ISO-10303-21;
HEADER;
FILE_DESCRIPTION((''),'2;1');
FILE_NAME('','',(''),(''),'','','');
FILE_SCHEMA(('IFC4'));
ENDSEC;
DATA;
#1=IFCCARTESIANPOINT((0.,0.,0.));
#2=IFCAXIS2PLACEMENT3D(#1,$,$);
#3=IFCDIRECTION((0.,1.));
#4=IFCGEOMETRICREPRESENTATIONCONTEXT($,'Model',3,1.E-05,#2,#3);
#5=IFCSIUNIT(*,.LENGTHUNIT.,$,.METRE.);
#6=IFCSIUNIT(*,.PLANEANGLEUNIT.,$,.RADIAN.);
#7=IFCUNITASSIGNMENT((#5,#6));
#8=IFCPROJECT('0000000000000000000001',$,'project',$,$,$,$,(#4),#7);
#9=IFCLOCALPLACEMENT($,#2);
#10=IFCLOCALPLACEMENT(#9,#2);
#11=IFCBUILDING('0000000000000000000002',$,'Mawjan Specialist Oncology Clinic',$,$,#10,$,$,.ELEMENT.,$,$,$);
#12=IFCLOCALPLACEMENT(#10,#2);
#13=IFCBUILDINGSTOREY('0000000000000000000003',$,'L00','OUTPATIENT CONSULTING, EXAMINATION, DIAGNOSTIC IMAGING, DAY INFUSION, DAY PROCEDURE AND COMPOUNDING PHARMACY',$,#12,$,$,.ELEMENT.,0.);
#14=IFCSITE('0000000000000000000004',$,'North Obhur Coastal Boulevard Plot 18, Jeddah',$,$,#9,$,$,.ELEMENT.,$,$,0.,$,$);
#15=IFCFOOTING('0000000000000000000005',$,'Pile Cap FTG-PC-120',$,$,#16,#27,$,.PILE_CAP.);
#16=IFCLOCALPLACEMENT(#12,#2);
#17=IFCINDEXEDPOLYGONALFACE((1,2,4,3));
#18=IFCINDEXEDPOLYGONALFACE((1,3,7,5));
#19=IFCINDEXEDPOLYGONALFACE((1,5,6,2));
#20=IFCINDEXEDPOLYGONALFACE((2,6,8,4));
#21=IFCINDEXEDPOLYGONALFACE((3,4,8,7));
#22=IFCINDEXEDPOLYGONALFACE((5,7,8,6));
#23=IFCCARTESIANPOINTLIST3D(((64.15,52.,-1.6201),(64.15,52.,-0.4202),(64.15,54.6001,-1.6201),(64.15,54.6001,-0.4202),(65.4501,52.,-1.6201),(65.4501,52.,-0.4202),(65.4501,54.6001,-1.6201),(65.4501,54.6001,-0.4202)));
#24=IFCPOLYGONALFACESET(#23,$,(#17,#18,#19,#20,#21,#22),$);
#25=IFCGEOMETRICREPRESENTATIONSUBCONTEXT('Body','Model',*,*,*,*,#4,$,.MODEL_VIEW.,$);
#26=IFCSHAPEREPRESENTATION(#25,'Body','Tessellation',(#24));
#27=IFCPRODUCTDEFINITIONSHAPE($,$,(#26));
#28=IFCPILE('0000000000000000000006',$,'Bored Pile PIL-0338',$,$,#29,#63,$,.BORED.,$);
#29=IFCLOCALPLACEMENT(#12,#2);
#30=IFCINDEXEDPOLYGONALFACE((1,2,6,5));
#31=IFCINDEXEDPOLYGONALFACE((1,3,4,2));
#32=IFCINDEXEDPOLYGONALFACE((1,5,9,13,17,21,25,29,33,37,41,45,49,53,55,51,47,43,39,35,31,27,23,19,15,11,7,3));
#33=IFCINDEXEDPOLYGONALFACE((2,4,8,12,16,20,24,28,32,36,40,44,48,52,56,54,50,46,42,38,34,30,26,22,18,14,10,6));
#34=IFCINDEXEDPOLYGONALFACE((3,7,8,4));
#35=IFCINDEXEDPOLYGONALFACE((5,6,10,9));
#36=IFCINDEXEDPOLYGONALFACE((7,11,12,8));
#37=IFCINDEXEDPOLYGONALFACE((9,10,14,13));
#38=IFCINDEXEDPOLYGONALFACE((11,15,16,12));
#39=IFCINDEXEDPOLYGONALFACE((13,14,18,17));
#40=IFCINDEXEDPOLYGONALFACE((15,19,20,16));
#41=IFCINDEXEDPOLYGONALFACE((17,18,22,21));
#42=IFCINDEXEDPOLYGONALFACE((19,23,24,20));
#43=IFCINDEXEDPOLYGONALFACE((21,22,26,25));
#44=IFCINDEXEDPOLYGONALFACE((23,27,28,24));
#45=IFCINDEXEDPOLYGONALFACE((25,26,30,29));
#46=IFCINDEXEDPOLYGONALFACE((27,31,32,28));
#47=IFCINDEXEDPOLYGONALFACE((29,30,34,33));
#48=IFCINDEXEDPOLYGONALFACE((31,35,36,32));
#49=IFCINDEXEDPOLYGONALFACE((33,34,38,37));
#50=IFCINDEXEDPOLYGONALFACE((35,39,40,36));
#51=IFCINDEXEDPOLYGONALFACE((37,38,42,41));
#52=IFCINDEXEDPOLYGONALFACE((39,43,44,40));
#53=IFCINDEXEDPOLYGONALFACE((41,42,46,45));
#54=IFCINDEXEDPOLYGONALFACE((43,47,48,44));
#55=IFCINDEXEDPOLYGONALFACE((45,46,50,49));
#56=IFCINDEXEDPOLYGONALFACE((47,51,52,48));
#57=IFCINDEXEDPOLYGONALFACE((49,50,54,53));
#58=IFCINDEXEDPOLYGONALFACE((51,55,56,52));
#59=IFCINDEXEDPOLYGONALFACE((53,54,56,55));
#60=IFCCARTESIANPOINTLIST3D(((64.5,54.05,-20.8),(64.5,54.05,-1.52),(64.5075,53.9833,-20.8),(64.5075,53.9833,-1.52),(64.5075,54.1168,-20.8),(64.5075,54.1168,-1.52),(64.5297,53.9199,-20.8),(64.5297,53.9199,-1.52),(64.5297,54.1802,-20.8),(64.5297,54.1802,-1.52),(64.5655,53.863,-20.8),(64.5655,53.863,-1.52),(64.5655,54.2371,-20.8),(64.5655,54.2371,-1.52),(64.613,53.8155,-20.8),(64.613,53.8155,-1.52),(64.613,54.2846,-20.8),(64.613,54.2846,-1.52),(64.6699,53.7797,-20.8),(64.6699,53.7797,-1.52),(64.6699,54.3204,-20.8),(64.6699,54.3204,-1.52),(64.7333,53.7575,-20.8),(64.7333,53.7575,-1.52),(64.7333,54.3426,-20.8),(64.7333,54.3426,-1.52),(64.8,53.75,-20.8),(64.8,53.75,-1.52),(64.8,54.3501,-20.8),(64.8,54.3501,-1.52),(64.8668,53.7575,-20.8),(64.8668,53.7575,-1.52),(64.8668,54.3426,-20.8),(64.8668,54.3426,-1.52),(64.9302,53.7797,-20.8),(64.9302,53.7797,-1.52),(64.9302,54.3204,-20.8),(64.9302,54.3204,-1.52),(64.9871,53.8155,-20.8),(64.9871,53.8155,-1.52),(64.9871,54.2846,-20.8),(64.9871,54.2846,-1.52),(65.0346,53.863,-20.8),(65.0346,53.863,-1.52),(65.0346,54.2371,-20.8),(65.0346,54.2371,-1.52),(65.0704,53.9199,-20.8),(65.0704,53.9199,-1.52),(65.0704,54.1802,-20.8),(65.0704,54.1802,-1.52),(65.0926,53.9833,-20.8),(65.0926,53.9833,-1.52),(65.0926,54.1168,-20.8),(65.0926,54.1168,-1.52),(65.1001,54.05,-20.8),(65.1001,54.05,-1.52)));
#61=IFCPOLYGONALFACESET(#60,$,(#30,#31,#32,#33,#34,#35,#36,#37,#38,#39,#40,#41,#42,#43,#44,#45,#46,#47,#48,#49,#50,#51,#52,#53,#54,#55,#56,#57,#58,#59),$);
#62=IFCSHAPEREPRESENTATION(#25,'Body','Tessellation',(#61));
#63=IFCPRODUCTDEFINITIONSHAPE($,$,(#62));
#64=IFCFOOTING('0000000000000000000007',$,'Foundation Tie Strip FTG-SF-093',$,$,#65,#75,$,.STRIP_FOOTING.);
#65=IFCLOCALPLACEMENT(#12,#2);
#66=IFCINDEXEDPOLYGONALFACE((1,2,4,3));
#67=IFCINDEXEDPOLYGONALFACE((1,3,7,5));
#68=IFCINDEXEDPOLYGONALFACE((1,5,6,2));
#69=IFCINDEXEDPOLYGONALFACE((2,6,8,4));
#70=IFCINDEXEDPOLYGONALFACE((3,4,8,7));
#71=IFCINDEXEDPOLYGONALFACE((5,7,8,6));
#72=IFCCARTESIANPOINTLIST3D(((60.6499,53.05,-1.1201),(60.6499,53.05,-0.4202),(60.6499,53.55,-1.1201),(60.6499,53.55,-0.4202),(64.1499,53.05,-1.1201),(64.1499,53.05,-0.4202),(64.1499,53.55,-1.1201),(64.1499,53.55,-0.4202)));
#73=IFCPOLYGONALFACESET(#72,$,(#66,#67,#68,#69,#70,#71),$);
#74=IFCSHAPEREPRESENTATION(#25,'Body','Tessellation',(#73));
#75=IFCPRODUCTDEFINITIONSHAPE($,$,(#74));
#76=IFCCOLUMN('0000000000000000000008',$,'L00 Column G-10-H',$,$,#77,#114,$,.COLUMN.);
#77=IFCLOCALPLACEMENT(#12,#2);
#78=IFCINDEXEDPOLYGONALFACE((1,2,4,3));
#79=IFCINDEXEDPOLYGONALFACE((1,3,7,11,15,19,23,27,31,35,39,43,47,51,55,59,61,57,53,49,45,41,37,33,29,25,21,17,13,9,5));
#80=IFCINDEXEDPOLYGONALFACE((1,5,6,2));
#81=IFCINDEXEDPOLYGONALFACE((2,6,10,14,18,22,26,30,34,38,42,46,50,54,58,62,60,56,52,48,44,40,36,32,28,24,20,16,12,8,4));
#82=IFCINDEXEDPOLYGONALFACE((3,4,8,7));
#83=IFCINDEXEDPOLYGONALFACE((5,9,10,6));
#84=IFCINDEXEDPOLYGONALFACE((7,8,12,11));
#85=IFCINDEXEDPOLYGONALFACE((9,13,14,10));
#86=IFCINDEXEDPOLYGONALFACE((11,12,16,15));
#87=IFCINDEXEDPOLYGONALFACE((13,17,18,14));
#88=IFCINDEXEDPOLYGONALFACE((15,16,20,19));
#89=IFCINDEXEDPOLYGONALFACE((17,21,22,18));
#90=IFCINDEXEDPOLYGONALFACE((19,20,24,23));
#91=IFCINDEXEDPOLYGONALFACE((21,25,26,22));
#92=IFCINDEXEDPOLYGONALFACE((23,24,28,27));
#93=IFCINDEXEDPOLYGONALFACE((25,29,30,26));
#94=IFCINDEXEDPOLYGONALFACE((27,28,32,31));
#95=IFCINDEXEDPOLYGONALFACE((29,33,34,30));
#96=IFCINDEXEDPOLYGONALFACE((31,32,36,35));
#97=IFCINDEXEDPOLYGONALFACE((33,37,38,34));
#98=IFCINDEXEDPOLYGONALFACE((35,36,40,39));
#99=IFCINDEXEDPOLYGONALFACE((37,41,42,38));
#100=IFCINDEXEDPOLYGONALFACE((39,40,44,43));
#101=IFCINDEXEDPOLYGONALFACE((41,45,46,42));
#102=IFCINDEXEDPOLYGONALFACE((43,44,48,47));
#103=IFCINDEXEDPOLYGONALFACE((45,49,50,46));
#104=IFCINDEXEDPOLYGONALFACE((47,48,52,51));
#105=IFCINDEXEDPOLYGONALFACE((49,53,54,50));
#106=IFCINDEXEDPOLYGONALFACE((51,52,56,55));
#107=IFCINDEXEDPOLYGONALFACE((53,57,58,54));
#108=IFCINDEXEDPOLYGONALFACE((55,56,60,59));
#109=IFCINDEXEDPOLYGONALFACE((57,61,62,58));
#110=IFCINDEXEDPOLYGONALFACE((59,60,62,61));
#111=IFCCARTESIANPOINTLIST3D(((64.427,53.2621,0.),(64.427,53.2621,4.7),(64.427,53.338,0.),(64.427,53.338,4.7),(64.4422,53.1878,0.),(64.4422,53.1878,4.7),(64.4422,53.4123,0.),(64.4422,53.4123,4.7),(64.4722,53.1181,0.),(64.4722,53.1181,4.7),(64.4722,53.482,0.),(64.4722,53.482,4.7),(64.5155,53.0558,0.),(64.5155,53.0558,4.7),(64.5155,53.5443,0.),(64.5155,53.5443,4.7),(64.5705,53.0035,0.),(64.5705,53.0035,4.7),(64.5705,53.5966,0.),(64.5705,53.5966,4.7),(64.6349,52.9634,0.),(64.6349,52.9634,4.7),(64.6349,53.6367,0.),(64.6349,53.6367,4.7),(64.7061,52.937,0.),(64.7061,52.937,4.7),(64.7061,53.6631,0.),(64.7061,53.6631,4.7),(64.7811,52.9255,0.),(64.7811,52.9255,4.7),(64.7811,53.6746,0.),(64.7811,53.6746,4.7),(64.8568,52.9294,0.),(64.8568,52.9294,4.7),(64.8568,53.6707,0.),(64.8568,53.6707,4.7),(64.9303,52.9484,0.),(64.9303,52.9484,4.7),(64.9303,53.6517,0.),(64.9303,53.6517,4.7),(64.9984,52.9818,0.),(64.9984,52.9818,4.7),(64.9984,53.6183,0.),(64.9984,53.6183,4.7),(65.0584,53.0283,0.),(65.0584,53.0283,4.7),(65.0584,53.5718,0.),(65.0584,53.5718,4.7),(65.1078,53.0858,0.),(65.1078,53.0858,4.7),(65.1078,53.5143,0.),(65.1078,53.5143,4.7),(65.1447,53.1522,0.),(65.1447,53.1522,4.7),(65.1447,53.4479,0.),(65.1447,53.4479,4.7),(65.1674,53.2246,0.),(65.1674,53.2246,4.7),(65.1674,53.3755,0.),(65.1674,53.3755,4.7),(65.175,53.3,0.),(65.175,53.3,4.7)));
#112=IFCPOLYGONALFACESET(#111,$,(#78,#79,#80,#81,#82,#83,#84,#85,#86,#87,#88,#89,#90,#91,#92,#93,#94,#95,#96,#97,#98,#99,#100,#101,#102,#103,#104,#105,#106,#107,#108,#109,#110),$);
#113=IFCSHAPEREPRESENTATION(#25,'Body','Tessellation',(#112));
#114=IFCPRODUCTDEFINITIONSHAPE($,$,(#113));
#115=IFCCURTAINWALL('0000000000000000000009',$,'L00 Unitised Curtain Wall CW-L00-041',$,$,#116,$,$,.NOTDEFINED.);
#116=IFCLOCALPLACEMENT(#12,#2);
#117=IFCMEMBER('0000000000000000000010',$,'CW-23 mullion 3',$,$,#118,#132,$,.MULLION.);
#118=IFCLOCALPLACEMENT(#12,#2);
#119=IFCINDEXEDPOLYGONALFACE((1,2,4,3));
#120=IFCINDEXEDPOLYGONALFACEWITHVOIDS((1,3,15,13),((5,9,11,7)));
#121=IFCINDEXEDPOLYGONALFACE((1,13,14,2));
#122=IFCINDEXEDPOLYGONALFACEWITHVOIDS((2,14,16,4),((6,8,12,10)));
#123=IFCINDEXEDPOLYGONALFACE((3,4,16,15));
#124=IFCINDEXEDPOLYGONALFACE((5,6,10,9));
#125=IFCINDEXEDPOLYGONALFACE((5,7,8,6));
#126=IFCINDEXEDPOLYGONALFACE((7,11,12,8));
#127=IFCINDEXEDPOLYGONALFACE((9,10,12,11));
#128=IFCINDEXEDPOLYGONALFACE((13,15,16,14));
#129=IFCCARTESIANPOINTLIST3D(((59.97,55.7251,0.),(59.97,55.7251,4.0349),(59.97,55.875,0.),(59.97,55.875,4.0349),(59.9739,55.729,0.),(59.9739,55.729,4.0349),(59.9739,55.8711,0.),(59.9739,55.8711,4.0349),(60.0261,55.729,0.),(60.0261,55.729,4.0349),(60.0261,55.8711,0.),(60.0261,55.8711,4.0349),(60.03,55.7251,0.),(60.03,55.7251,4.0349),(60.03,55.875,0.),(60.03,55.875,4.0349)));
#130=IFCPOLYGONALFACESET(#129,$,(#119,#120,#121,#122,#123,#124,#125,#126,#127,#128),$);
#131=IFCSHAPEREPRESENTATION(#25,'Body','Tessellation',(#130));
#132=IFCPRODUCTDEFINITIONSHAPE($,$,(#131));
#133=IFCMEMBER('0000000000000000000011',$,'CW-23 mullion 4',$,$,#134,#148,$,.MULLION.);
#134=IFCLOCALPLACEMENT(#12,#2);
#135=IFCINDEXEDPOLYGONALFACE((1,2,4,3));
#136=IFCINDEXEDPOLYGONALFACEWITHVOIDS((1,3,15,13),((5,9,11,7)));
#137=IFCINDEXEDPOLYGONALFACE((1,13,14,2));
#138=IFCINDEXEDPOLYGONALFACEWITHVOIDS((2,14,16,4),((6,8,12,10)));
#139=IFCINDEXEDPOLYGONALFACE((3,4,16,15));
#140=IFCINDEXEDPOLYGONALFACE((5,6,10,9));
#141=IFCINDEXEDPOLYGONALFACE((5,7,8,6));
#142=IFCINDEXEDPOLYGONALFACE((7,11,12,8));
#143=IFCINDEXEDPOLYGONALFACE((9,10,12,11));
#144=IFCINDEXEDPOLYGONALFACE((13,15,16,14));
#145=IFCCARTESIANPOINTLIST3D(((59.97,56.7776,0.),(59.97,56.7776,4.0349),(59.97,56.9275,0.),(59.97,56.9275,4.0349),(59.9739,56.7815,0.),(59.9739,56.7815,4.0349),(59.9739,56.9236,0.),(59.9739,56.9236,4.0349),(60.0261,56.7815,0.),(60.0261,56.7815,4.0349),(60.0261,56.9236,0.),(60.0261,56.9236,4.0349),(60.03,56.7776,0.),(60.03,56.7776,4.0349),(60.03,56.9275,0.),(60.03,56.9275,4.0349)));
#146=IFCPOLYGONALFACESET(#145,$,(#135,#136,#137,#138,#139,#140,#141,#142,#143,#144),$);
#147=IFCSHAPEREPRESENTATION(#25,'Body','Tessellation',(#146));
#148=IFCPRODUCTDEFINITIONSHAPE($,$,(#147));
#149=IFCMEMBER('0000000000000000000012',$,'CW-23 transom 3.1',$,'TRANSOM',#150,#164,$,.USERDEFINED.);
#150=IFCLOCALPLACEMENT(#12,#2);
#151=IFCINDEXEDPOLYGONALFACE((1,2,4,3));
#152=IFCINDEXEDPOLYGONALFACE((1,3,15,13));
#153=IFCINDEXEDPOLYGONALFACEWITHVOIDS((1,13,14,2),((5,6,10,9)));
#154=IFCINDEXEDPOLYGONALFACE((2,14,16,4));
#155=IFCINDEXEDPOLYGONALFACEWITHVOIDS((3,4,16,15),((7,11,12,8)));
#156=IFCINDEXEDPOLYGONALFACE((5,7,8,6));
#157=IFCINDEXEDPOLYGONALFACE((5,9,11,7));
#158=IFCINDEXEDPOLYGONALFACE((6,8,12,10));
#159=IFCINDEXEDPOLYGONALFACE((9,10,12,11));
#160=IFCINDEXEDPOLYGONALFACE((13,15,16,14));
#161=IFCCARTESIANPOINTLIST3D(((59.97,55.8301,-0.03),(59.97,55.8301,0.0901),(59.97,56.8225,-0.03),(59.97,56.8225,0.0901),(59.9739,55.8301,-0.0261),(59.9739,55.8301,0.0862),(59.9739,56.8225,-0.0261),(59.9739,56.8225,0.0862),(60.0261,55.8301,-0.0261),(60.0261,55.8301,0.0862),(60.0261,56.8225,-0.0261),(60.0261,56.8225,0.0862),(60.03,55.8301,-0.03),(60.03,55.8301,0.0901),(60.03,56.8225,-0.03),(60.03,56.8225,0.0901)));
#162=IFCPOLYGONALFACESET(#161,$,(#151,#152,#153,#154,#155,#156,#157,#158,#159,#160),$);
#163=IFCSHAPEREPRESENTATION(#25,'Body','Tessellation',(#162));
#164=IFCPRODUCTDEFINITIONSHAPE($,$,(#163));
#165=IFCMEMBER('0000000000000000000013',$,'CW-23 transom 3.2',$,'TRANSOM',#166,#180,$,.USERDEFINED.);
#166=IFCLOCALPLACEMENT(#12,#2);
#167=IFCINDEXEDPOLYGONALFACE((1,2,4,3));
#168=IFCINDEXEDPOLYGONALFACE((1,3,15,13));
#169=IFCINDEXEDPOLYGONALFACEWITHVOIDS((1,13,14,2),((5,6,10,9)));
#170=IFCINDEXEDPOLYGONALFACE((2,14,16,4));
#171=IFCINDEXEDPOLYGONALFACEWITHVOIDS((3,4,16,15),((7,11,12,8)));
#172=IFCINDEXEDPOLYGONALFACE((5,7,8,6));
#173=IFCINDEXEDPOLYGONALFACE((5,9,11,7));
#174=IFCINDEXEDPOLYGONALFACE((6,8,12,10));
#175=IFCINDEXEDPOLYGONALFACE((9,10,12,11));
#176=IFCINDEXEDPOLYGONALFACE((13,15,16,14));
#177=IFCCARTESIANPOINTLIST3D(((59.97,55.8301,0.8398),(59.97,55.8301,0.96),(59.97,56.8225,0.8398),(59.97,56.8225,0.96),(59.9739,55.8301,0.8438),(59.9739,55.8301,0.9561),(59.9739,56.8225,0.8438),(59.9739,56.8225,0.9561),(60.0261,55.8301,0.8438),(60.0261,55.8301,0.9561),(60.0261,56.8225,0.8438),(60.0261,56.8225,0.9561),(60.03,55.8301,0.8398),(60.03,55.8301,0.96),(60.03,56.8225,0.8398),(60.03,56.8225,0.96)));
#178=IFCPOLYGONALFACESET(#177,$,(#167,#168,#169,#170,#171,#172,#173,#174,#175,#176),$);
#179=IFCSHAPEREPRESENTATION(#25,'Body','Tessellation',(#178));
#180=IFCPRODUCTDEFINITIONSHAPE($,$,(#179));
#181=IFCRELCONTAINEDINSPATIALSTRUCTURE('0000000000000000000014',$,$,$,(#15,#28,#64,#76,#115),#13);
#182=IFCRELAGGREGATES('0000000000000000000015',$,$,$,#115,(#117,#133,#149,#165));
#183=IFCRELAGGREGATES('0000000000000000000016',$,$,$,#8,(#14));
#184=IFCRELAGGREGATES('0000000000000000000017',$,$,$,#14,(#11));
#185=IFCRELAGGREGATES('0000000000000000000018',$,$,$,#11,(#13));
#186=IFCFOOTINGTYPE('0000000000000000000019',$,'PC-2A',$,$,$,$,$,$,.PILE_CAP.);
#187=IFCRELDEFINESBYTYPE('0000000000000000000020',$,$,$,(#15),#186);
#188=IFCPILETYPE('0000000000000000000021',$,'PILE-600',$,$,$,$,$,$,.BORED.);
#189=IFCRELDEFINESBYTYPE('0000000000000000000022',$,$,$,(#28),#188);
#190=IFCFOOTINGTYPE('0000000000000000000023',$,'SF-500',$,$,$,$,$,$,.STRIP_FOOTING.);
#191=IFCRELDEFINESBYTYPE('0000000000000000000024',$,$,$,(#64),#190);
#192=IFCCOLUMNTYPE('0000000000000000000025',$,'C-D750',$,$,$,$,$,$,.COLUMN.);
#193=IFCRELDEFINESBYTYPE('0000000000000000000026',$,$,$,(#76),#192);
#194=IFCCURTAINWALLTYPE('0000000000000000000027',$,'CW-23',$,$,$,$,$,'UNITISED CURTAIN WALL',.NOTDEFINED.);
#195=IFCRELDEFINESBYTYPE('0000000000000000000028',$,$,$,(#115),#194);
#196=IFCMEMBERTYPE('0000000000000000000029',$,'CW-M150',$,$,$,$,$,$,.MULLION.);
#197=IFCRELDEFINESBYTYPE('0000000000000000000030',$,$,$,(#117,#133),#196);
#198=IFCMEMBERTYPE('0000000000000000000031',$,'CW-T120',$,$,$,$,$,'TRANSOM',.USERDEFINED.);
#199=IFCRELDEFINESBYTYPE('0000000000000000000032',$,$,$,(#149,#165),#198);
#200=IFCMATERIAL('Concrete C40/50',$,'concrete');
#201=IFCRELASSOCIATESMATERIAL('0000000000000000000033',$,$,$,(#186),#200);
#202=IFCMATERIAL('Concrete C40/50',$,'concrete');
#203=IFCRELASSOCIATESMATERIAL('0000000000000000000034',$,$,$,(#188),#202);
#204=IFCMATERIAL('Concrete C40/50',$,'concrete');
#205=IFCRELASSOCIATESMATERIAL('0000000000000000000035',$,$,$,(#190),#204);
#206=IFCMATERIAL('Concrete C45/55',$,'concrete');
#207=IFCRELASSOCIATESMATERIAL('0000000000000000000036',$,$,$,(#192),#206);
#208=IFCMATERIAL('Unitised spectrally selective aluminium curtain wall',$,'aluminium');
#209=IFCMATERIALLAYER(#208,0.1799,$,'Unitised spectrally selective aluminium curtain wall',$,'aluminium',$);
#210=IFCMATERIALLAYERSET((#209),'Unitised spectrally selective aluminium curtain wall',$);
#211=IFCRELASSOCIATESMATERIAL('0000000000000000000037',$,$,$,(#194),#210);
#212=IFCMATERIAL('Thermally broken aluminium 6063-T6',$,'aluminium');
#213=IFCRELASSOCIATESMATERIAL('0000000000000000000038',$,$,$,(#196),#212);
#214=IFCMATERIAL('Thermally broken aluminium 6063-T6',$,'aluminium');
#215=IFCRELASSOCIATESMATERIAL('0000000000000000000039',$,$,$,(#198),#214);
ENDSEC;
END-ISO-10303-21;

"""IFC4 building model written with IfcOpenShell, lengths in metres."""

from ifc_helpers import new_model, si_unit, direction, frame, origin, origin_2d, place, context, subcontext, project, spatial, rectangle, hollow_rectangle, circle, extrude, material, layer, layer_set, material_profile, profile_set, type_object, element, aggregate, save


model = new_model("IFC4")

# Units and contexts
model_context = context("Model", 3, precision=1e-05, world=origin(), true_north=direction((0.0, 1.0)))
body_context = subcontext(model_context, "Body", "Model", "MODEL_VIEW")
ifc_project = project(units=[si_unit("LENGTHUNIT", "METRE"), si_unit("PLANEANGLEUNIT", "RADIAN")], contexts=[model_context])

# Site, building, storey
site_placement = place(None, origin())
site = spatial("IfcSite", under=ifc_project, at=site_placement, Name="North Obhur Coastal Boulevard Plot 18, Jeddah", CompositionType="ELEMENT", RefElevation=0.0)
building_placement = place(site_placement, origin())
building = spatial("IfcBuilding", under=site, at=building_placement, Name="Mawjan Specialist Oncology Clinic", CompositionType="ELEMENT")
storey_placement = place(building_placement, origin())
storey = spatial("IfcBuildingStorey", under=building, at=storey_placement, Name="L00", Description="OUTPATIENT CONSULTING, EXAMINATION, DIAGNOSTIC IMAGING, DAY INFUSION, DAY PROCEDURE AND COMPOUNDING PHARMACY", CompositionType="ELEMENT", Elevation=0.0)

# Footing
ifc_material_1 = material(Name="Concrete C40/50", Category="concrete")
footing_type_1 = type_object("IfcFootingType", Name="PC-2A", PredefinedType="PILE_CAP", material=ifc_material_1)
footing_1_placement = place(storey_placement, frame((64.8, 53.3, -1.6201), z_axis=(0.0, 0.0, 1.0), x_axis=(0.0, 1.0, 0.0)))
element("IfcFooting", 1, at=footing_1_placement, inside=storey, type_object=footing_type_1, Name="Pile Cap FTG-PC-120", PredefinedType="PILE_CAP", context=body_context, shape_type="SweptSolid", body=[
    extrude(rectangle(XDim=2.6001, YDim=1.3, at=origin_2d()), origin(), (0.0, 0.0, 1.0), 1.2),
])

# Pile
ifc_material_2 = material(Name="Concrete C40/50", Category="concrete")
ifc_material_profile_1 = material_profile(ifc_material_2, circle(Radius=0.3, at=origin_2d()), Name="BORED PILE D600", Category="concrete")
ifc_profile_set_1 = profile_set([ifc_material_profile_1], Name="Concrete C40/50")
pile_type = type_object("IfcPileType", Name="PILE-600", PredefinedType="BORED", material=ifc_profile_set_1)
pile_placement = place(storey_placement, frame((64.8, 54.05, -1.52), z_axis=(0.0, 0.0, -1.0), x_axis=(1.0, 0.0, 0.0)))
element("IfcPile", 2, at=pile_placement, inside=storey, type_object=pile_type, Name="Bored Pile PIL-0338", PredefinedType="BORED", context=body_context, shape_type="SweptSolid", body=[
    extrude(circle(Radius=0.3, at=origin_2d()), origin(), (0.0, 0.0, 1.0), 19.28),
])

# Footing
ifc_material_3 = material(Name="Concrete C40/50", Category="concrete")
footing_type_2 = type_object("IfcFootingType", Name="SF-500", PredefinedType="STRIP_FOOTING", material=ifc_material_3)
footing_2_placement = place(storey_placement, frame((62.3999, 53.3, -1.1201), z_axis=(0.0, 0.0, 1.0), x_axis=(1.0, 0.0, 0.0)))
element("IfcFooting", 3, at=footing_2_placement, inside=storey, type_object=footing_type_2, Name="Foundation Tie Strip FTG-SF-093", PredefinedType="STRIP_FOOTING", context=body_context, shape_type="SweptSolid", body=[
    extrude(rectangle(XDim=3.5, YDim=0.5, at=origin_2d()), origin(), (0.0, 0.0, 1.0), 0.7),
])

# Column
ifc_material_4 = material(Name="Concrete C45/55", Category="concrete")
ifc_material_profile_2 = material_profile(ifc_material_4, circle(Radius=0.375, at=origin_2d()), Name="RC COL D750", Category="concrete")
ifc_profile_set_2 = profile_set([ifc_material_profile_2], Name="Concrete C45/55")
column_type = type_object("IfcColumnType", Name="C-D750", PredefinedType="COLUMN", material=ifc_profile_set_2)
column_placement = place(storey_placement, frame((64.8, 53.3, 0.0), z_axis=(0.0, 0.0, 1.0), x_axis=(1.0, 0.0, 0.0)))
element("IfcColumn", 4, at=column_placement, inside=storey, type_object=column_type, Name="L00 Column G-10-H", PredefinedType="COLUMN", context=body_context, shape_type="SweptSolid", body=[
    extrude(circle(Radius=0.375, at=origin_2d()), origin(), (0.0, 0.0, 1.0), 4.7),
])

# Curtain wall, members
ifc_material_5 = material(Name="Unitised spectrally selective aluminium curtain wall", Category="aluminium")
ifc_layer_1 = layer(ifc_material_5, 0.1799, Name="Unitised spectrally selective aluminium curtain wall", Category="aluminium")
ifc_layer_set_1 = layer_set([ifc_layer_1], Name="Unitised spectrally selective aluminium curtain wall")
curtain_wall_type = type_object("IfcCurtainWallType", Name="CW-23", ElementType="UNITISED CURTAIN WALL", PredefinedType="NOTDEFINED", material=ifc_layer_set_1)
curtain_wall_placement = place(storey_placement, origin())
curtain_wall = element("IfcCurtainWall", 5, at=curtain_wall_placement, inside=storey, type_object=curtain_wall_type, Name="L00 Unitised Curtain Wall CW-L00-041", PredefinedType="NOTDEFINED")
ifc_material_6 = material(Name="Thermally broken aluminium 6063-T6", Category="aluminium")
ifc_material_profile_3 = material_profile(ifc_material_6, hollow_rectangle(XDim=0.0601, YDim=0.1499, WallThickness=0.0039, at=origin_2d()), Name="ALU MULLION 150x60x4", Category="aluminium")
ifc_profile_set_3 = profile_set([ifc_material_profile_3], Name="Thermally broken aluminium 6063-T6")
member_type_1 = type_object("IfcMemberType", Name="CW-M150", PredefinedType="MULLION", material=ifc_profile_set_3)
member_1_placement = place(storey_placement, frame((60.0, 55.8, 0.0), z_axis=(0.0, 0.0, 1.0), x_axis=(-1.0, 0.0, 0.0)))
member_1 = element("IfcMember", 6, at=member_1_placement, type_object=member_type_1, Name="CW-23 mullion 3", PredefinedType="MULLION", context=body_context, shape_type="SweptSolid", body=[
    extrude(hollow_rectangle(XDim=0.0601, YDim=0.1499, WallThickness=0.0039, at=origin_2d()), origin(), (0.0, 0.0, 1.0), 4.0349),
])
member_2_placement = place(storey_placement, frame((60.0, 56.8525, 0.0), z_axis=(0.0, 0.0, 1.0), x_axis=(-1.0, 0.0, 0.0)))
member_2 = element("IfcMember", 7, at=member_2_placement, type_object=member_type_1, Name="CW-23 mullion 4", PredefinedType="MULLION", context=body_context, shape_type="SweptSolid", body=[
    extrude(hollow_rectangle(XDim=0.0601, YDim=0.1499, WallThickness=0.0039, at=origin_2d()), origin(), (0.0, 0.0, 1.0), 4.0349),
])
ifc_material_7 = material(Name="Thermally broken aluminium 6063-T6", Category="aluminium")
ifc_material_profile_4 = material_profile(ifc_material_7, hollow_rectangle(XDim=0.0601, YDim=0.1201, WallThickness=0.0039, at=origin_2d()), Name="ALU TRANSOM 120x60x4", Category="aluminium")
ifc_profile_set_4 = profile_set([ifc_material_profile_4], Name="Thermally broken aluminium 6063-T6")
member_type_2 = type_object("IfcMemberType", Name="CW-T120", ElementType="TRANSOM", PredefinedType="USERDEFINED", material=ifc_profile_set_4)
member_3_placement = place(storey_placement, frame((60.0, 55.8301, 0.03), z_axis=(0.0, 1.0, 0.0), x_axis=(-1.0, 0.0, 0.0)))
member_3 = element("IfcMember", 8, at=member_3_placement, type_object=member_type_2, Name="CW-23 transom 3.1", ObjectType="TRANSOM", PredefinedType="USERDEFINED", context=body_context, shape_type="SweptSolid", body=[
    extrude(hollow_rectangle(XDim=0.0601, YDim=0.1201, WallThickness=0.0039, at=origin_2d()), origin(), (0.0, 0.0, 1.0), 0.9924),
])
member_4_placement = place(storey_placement, frame((60.0, 55.8301, 0.8999), z_axis=(0.0, 1.0, 0.0), x_axis=(-1.0, 0.0, 0.0)))
member_4 = element("IfcMember", 9, at=member_4_placement, type_object=member_type_2, Name="CW-23 transom 3.2", ObjectType="TRANSOM", PredefinedType="USERDEFINED", context=body_context, shape_type="SweptSolid", body=[
    extrude(hollow_rectangle(XDim=0.0601, YDim=0.1201, WallThickness=0.0039, at=origin_2d()), origin(), (0.0, 0.0, 1.0), 0.9924),
])
aggregate(curtain_wall, [member_1, member_2, member_3, member_4])

save(model, "model.ifc")
